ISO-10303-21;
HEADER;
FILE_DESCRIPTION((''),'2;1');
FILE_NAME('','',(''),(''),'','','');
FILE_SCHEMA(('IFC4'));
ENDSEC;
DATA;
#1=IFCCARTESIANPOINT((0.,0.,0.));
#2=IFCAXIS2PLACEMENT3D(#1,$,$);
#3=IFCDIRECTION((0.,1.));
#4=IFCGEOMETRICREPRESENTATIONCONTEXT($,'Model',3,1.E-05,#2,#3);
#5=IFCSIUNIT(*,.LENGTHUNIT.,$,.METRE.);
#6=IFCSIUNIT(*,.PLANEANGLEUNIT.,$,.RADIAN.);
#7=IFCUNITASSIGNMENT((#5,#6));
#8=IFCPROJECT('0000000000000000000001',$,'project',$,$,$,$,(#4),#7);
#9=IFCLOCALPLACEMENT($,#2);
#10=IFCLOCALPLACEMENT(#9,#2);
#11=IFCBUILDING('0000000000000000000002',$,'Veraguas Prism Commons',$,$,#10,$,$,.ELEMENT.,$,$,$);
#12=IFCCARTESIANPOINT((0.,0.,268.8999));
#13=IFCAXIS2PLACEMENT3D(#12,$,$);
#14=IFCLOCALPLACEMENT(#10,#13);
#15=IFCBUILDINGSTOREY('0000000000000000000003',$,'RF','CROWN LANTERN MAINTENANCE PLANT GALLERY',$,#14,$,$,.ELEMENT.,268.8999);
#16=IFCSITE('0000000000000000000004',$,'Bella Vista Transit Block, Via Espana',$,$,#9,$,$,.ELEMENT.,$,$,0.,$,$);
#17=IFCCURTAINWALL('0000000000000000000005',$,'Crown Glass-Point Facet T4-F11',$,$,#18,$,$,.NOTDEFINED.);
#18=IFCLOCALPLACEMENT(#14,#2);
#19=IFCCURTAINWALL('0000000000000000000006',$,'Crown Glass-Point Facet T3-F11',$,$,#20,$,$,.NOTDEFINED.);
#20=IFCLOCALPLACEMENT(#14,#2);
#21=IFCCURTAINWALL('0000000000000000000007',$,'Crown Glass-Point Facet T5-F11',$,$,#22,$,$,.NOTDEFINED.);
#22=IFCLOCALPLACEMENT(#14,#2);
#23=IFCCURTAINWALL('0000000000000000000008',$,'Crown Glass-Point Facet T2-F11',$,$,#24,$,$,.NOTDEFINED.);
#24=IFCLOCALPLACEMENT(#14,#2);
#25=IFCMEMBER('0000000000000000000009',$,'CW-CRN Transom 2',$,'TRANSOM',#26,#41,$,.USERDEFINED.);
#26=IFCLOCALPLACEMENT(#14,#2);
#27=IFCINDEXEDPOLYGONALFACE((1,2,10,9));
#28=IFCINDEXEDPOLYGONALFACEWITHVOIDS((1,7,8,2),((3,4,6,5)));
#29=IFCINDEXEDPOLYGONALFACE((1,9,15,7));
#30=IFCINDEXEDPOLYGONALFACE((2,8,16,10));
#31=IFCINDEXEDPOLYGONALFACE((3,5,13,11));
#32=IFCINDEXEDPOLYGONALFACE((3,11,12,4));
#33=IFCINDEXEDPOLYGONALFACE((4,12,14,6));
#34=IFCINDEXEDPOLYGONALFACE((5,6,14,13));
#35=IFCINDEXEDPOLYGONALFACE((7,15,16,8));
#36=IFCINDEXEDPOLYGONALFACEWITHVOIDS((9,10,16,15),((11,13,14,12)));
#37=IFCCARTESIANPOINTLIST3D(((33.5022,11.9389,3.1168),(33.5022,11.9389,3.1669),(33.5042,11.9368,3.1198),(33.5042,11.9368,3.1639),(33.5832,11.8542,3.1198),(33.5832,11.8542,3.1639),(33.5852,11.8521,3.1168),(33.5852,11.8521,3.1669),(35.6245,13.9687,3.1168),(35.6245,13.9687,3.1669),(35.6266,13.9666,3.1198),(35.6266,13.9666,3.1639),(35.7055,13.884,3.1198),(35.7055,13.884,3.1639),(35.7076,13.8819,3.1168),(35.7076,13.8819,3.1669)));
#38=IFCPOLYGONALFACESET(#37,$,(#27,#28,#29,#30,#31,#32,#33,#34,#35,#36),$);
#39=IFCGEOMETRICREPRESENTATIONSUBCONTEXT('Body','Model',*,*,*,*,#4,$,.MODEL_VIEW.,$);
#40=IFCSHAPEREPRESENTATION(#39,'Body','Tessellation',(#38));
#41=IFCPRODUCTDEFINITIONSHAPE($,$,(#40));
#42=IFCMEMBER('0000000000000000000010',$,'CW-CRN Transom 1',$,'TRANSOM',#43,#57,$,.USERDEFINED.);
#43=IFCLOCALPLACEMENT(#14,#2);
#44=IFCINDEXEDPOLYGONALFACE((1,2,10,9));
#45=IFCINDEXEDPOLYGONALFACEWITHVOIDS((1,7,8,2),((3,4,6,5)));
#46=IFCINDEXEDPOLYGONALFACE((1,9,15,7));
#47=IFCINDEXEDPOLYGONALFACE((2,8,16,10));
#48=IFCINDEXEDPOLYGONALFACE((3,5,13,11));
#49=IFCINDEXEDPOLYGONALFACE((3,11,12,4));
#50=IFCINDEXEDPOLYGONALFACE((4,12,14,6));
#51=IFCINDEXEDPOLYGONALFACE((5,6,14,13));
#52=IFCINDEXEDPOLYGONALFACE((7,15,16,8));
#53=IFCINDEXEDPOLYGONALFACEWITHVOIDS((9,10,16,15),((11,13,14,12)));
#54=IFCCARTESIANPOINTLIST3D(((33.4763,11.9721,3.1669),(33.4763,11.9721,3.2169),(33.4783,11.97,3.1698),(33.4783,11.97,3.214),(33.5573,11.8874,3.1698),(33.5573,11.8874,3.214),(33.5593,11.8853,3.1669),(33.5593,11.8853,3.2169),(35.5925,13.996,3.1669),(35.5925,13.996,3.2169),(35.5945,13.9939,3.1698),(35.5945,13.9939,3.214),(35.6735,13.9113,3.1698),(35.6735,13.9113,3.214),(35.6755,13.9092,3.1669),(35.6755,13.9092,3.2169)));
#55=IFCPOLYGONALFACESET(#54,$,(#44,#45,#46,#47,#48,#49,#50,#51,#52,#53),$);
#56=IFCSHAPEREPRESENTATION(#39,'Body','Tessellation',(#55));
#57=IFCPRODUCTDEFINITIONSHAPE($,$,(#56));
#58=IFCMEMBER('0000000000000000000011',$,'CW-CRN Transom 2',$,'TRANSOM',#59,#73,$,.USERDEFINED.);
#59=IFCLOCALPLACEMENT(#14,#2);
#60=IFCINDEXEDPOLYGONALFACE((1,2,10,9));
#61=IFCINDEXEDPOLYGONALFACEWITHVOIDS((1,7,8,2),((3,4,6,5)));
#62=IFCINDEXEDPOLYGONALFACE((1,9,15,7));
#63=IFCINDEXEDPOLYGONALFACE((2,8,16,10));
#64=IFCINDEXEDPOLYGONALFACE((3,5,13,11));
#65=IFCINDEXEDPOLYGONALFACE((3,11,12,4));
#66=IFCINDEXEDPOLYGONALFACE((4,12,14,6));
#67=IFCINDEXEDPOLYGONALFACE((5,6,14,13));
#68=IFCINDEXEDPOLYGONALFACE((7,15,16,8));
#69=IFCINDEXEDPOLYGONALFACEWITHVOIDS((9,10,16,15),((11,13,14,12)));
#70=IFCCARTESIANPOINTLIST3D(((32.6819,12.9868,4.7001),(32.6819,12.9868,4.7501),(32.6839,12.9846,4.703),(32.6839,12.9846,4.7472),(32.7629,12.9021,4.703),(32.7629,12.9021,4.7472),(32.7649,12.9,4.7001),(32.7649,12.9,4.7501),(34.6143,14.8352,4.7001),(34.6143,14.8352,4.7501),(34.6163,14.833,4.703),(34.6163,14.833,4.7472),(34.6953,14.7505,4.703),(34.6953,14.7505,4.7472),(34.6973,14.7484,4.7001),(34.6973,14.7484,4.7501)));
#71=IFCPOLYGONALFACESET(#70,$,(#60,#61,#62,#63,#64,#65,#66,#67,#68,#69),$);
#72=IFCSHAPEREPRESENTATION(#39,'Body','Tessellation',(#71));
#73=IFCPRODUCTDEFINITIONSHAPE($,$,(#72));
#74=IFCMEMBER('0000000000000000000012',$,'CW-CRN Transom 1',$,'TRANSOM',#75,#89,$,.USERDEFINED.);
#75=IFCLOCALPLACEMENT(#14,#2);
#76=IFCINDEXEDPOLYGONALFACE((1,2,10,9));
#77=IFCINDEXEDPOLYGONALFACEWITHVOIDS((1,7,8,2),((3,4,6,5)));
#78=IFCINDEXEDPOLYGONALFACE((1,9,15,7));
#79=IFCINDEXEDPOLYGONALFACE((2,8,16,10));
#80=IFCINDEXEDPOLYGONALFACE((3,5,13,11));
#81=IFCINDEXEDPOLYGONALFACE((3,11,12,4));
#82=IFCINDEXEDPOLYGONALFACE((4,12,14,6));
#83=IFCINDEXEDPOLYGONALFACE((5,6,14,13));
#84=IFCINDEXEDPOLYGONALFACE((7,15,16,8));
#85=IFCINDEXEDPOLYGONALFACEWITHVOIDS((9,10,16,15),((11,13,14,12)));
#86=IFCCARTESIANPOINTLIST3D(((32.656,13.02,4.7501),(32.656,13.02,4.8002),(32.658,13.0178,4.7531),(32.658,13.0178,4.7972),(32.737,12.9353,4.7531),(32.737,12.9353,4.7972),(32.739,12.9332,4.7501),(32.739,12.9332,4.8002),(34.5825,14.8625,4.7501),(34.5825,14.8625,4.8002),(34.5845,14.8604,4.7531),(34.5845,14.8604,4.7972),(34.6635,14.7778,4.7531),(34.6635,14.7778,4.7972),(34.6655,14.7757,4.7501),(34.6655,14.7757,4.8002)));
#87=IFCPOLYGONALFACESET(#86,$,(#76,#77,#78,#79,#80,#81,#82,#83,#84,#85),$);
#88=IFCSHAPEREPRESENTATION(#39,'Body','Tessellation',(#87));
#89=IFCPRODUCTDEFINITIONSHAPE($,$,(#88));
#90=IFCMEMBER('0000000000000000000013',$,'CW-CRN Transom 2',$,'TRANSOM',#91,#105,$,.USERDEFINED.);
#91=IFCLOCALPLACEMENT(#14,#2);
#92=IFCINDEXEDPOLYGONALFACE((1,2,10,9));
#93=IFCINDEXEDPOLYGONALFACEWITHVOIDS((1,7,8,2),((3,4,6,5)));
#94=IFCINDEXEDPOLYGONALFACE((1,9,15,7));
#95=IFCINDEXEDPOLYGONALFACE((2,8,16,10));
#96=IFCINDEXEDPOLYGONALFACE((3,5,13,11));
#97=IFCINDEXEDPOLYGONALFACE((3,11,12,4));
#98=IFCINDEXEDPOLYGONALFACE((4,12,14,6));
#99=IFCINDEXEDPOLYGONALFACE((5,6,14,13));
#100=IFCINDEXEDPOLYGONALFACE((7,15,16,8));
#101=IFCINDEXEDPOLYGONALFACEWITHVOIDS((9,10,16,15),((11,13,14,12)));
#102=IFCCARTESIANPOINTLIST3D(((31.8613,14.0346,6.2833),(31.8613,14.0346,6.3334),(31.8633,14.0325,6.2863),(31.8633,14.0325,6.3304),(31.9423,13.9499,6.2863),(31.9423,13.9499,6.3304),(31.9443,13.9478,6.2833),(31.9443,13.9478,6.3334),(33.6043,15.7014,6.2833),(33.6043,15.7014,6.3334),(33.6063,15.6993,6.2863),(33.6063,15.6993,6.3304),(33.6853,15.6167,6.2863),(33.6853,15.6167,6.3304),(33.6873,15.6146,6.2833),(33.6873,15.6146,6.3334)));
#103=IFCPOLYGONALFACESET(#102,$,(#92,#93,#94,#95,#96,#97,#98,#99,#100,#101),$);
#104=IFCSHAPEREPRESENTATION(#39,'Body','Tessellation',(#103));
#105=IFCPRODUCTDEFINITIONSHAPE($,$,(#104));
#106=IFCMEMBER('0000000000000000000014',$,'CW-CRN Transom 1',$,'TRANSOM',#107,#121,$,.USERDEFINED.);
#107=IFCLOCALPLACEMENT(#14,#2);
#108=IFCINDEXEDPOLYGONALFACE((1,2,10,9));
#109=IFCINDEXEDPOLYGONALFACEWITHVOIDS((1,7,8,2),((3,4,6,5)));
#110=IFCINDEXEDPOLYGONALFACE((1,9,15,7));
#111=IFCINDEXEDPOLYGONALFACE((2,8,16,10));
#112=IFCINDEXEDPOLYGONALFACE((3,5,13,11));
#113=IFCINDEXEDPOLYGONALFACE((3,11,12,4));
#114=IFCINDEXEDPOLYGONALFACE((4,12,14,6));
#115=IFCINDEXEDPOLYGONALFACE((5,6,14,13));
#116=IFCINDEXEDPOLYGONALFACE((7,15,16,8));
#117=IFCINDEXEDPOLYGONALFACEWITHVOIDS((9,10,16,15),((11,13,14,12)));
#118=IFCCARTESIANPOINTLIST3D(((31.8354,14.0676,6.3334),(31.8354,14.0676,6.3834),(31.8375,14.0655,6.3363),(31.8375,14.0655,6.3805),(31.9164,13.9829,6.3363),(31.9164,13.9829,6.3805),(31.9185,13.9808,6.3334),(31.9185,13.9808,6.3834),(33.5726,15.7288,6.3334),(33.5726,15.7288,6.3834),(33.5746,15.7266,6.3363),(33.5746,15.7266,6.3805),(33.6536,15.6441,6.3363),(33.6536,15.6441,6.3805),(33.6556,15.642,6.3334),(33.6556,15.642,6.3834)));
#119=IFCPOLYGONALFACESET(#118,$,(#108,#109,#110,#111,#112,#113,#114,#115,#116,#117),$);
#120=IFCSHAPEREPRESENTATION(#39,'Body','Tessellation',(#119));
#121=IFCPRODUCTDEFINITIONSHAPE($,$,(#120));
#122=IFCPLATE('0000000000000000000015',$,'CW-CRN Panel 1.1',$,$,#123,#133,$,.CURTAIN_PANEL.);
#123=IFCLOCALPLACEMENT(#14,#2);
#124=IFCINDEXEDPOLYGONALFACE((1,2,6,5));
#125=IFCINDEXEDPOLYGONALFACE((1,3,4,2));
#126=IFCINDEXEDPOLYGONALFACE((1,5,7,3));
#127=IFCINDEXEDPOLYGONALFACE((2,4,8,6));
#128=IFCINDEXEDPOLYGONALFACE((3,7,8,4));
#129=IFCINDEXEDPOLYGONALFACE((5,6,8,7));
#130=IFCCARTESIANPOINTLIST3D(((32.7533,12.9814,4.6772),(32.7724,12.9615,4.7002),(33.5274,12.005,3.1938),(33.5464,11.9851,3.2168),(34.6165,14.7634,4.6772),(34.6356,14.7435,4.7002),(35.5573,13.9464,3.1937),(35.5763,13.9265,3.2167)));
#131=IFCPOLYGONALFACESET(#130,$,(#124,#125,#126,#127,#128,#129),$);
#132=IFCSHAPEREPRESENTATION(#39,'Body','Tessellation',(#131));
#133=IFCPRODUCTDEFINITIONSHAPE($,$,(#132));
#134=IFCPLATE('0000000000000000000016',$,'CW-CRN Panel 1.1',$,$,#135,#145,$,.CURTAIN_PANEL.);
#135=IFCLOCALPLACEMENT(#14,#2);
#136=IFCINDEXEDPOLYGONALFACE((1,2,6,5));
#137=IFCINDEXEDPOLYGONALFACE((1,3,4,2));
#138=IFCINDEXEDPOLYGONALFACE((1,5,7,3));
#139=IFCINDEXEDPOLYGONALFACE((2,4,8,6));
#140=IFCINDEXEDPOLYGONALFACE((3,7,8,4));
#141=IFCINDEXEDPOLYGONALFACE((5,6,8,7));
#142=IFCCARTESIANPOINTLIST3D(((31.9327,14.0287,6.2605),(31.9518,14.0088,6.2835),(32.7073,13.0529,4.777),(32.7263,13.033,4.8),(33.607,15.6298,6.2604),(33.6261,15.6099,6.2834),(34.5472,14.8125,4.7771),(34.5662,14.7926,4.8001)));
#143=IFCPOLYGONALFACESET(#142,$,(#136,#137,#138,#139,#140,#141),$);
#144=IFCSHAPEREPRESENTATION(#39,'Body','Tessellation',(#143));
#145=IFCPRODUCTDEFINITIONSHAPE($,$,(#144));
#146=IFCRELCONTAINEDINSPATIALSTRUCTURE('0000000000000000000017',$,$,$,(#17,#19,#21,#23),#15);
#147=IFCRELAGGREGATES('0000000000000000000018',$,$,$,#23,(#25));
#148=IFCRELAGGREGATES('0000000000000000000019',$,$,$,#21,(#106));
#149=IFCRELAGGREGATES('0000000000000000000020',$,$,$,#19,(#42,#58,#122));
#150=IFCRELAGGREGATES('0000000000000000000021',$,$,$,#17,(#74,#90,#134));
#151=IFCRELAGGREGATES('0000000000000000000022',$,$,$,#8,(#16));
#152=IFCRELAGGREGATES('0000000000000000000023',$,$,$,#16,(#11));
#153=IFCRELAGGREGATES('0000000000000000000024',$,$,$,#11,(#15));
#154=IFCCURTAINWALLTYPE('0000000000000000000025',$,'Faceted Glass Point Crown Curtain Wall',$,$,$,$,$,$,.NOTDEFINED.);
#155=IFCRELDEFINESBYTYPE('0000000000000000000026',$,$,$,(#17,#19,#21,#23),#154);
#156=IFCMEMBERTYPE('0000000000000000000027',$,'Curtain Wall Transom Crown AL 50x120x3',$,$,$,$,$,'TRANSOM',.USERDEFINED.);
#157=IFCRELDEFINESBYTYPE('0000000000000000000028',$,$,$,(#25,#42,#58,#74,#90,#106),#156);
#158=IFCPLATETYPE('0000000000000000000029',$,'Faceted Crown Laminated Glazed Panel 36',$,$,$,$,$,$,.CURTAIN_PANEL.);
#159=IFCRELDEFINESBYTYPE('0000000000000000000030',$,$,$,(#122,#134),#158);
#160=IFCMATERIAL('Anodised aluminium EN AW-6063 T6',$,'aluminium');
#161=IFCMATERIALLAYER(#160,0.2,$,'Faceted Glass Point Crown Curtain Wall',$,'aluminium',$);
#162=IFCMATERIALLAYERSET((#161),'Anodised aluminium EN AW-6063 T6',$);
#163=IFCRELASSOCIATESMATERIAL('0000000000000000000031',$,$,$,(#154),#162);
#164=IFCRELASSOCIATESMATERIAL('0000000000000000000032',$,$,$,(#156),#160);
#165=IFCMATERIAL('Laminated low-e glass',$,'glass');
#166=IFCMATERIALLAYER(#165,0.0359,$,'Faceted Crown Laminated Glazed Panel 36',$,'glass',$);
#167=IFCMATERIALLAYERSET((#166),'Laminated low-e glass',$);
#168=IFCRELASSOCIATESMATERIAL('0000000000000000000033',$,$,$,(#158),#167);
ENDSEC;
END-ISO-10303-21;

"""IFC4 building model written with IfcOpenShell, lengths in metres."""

from ifc_helpers import new_model, si_unit, direction, frame, origin, origin_2d, place, context, subcontext, project, spatial, polyline, hollow_rectangle, outline, extrude, source, transform, mapped, material, layer, layer_set, material_profile, profile_set, type_object, element, aggregate, save


model = new_model("IFC4")

# Units and contexts
model_context = context("Model", 3, precision=1e-05, world=origin(), true_north=direction((0.0, 1.0)))
body_context = subcontext(model_context, "Body", "Model", "MODEL_VIEW")
ifc_project = project(units=[si_unit("LENGTHUNIT", "METRE"), si_unit("PLANEANGLEUNIT", "RADIAN")], contexts=[model_context])

# Site, building, storey
site_placement = place(None, origin())
site = spatial("IfcSite", under=ifc_project, at=site_placement, Name="Bella Vista Transit Block, Via Espana", CompositionType="ELEMENT", RefElevation=0.0)
building_placement = place(site_placement, origin())
building = spatial("IfcBuilding", under=site, at=building_placement, Name="Veraguas Prism Commons", CompositionType="ELEMENT")
storey_placement = place(building_placement, frame((0.0, 0.0, 268.8999)))
storey = spatial("IfcBuildingStorey", under=building, at=storey_placement, Name="RF", Description="CROWN LANTERN MAINTENANCE PLANT GALLERY", CompositionType="ELEMENT", Elevation=268.8999)

# Curtain walls, member
ifc_material_1 = material(Name="Anodised aluminium EN AW-6063 T6", Category="aluminium")
ifc_layer_1 = layer(ifc_material_1, 0.2, Name="Faceted Glass Point Crown Curtain Wall", Category="aluminium")
ifc_layer_set_1 = layer_set([ifc_layer_1], Name="Anodised aluminium EN AW-6063 T6")
curtain_wall_type = type_object("IfcCurtainWallType", Name="Faceted Glass Point Crown Curtain Wall", PredefinedType="NOTDEFINED", material=ifc_layer_set_1)
curtain_wall_1_placement = place(storey_placement, origin())
curtain_wall_1 = element("IfcCurtainWall", 1, at=curtain_wall_1_placement, inside=storey, type_object=curtain_wall_type, Name="Crown Glass-Point Facet T4-F11", PredefinedType="NOTDEFINED")
curtain_wall_2_placement = place(storey_placement, origin())
curtain_wall_2 = element("IfcCurtainWall", 2, at=curtain_wall_2_placement, inside=storey, type_object=curtain_wall_type, Name="Crown Glass-Point Facet T3-F11", PredefinedType="NOTDEFINED")
curtain_wall_3_placement = place(storey_placement, origin())
curtain_wall_3 = element("IfcCurtainWall", 3, at=curtain_wall_3_placement, inside=storey, type_object=curtain_wall_type, Name="Crown Glass-Point Facet T5-F11", PredefinedType="NOTDEFINED")
curtain_wall_4_placement = place(storey_placement, origin())
curtain_wall_4 = element("IfcCurtainWall", 4, at=curtain_wall_4_placement, inside=storey, type_object=curtain_wall_type, Name="Crown Glass-Point Facet T2-F11", PredefinedType="NOTDEFINED")
ifc_material_profile_1 = material_profile(ifc_material_1, hollow_rectangle(XDim=0.05, YDim=0.1201, WallThickness=0.0029, at=origin_2d()), Name="AL50X120X3")
ifc_profile_set_1 = profile_set([ifc_material_profile_1], Name="Anodised aluminium EN AW-6063 T6")
member_type_1 = type_object("IfcMemberType", Name="Curtain Wall Transom Crown AL 50x120x3", ElementType="TRANSOM", PredefinedType="USERDEFINED", material=ifc_profile_set_1)
shared_shape_1 = source(origin(), body_context, "Body", "SweptSolid", [
    extrude(hollow_rectangle(XDim=0.05, YDim=0.1201, WallThickness=0.0029, at=origin_2d()), origin(), (0.0, 0.0, 1.0), 2.9368),
])
member_1_placement = place(storey_placement, frame((33.5437, 11.8955, 3.1418), z_axis=(0.722685, 0.691177, 0.0), x_axis=(0.0, 0.0, 1.0)))
member_1 = element("IfcMember", 5, at=member_1_placement, type_object=member_type_1, Name="CW-CRN Transom 2", ObjectType="TRANSOM", PredefinedType="USERDEFINED", context=body_context, shape_type="MappedRepresentation", body=[
    mapped(shared_shape_1, transform((0.0, 0.0, 0.0), scale=1.0)),
])
aggregate(curtain_wall_4, [member_1])

# Members
shared_shape_2 = source(origin(), body_context, "Body", "SweptSolid", [
    extrude(hollow_rectangle(XDim=0.05, YDim=0.1201, WallThickness=0.0029, at=origin_2d()), origin(), (0.0, 0.0, 1.0), 2.9282),
])
member_2_placement = place(storey_placement, frame((33.5178, 11.9287, 3.1919), z_axis=(0.722689, 0.691173, 0.0), x_axis=(0.0, 0.0, 1.0)))
member_2 = element("IfcMember", 6, at=member_2_placement, type_object=member_type_1, Name="CW-CRN Transom 1", ObjectType="TRANSOM", PredefinedType="USERDEFINED", context=body_context, shape_type="MappedRepresentation", body=[
    mapped(shared_shape_2, transform((0.0, 0.0, 0.0), scale=1.0)),
])
shared_shape_3 = source(origin(), body_context, "Body", "SweptSolid", [
    extrude(hollow_rectangle(XDim=0.05, YDim=0.1201, WallThickness=0.0029, at=origin_2d()), origin(), (0.0, 0.0, 1.0), 2.6741),
])
member_3_placement = place(storey_placement, frame((32.7234, 12.9434, 4.7251), z_axis=(0.722636, 0.691229, 0.0), x_axis=(0.0, 0.0, 1.0)))
member_3 = element("IfcMember", 7, at=member_3_placement, type_object=member_type_1, Name="CW-CRN Transom 2", ObjectType="TRANSOM", PredefinedType="USERDEFINED", context=body_context, shape_type="MappedRepresentation", body=[
    mapped(shared_shape_3, transform((0.0, 0.0, 0.0), scale=1.0)),
])
shared_shape_4 = source(origin(), body_context, "Body", "SweptSolid", [
    extrude(hollow_rectangle(XDim=0.05, YDim=0.1201, WallThickness=0.0029, at=origin_2d()), origin(), (0.0, 0.0, 1.0), 2.6658),
])
member_4_placement = place(storey_placement, frame((32.6975, 12.9766, 4.7751), z_axis=(0.722684, 0.691179, 0.0), x_axis=(0.0, 0.0, 1.0)))
member_4 = element("IfcMember", 8, at=member_4_placement, type_object=member_type_1, Name="CW-CRN Transom 1", ObjectType="TRANSOM", PredefinedType="USERDEFINED", context=body_context, shape_type="MappedRepresentation", body=[
    mapped(shared_shape_4, transform((0.0, 0.0, 0.0), scale=1.0)),
])
shared_shape_5 = source(origin(), body_context, "Body", "SweptSolid", [
    extrude(hollow_rectangle(XDim=0.05, YDim=0.1201, WallThickness=0.0029, at=origin_2d()), origin(), (0.0, 0.0, 1.0), 2.4116),
])
member_5_placement = place(storey_placement, frame((31.9028, 13.9912, 6.3083), z_axis=(0.722723, 0.691138, 0.0), x_axis=(0.0, 0.0, 1.0)))
member_5 = element("IfcMember", 9, at=member_5_placement, type_object=member_type_1, Name="CW-CRN Transom 2", ObjectType="TRANSOM", PredefinedType="USERDEFINED", context=body_context, shape_type="MappedRepresentation", body=[
    mapped(shared_shape_5, transform((0.0, 0.0, 0.0), scale=1.0)),
])
shared_shape_6 = source(origin(), body_context, "Body", "SweptSolid", [
    extrude(hollow_rectangle(XDim=0.05, YDim=0.1201, WallThickness=0.0029, at=origin_2d()), origin(), (0.0, 0.0, 1.0), 2.4036),
])
member_6_placement = place(storey_placement, frame((31.877, 14.0242, 6.3584), z_axis=(0.722726, 0.691135, 0.0), x_axis=(0.0, 0.0, 1.0)))
member_6 = element("IfcMember", 10, at=member_6_placement, type_object=member_type_1, Name="CW-CRN Transom 1", ObjectType="TRANSOM", PredefinedType="USERDEFINED", context=body_context, shape_type="MappedRepresentation", body=[
    mapped(shared_shape_6, transform((0.0, 0.0, 0.0), scale=1.0)),
])
aggregate(curtain_wall_3, [member_6])

# Plates
ifc_material_2 = material(Name="Laminated low-e glass", Category="glass")
ifc_layer_2 = layer(ifc_material_2, 0.0359, Name="Faceted Crown Laminated Glazed Panel 36", Category="glass")
ifc_layer_set_2 = layer_set([ifc_layer_2], Name="Laminated low-e glass")
plate_type = type_object("IfcPlateType", Name="Faceted Crown Laminated Glazed Panel 36", PredefinedType="CURTAIN_PANEL", material=ifc_layer_set_2)
plate_1_placement = place(storey_placement, frame((33.5464, 11.9851, 3.2168), z_axis=(0.530202, -0.554363, 0.641535), x_axis=(0.722691, 0.691171, -0.000018)))
plate_1 = element("IfcPlate", 11, at=plate_1_placement, type_object=plate_type, Name="CW-CRN Panel 1.1", PredefinedType="CURTAIN_PANEL", context=body_context, shape_type="SweptSolid", body=[
    extrude(outline(polyline([(0.0, 0.0), (2.8088, 0.0), (2.6936, 1.9338), (0.1155, 1.9338), (0.0, 0.0)])), origin(), (0.0, 0.0, -1.0), 0.0359),
])
aggregate(curtain_wall_2, [member_2, member_3, plate_1])
plate_2_placement = place(storey_placement, frame((32.7263, 13.033, 4.8), z_axis=(0.530204, -0.554392, 0.641508), x_axis=(0.722681, 0.691182, 0.000027)))
plate_2 = element("IfcPlate", 12, at=plate_2_placement, type_object=plate_type, Name="CW-CRN Panel 1.1", PredefinedType="CURTAIN_PANEL", context=body_context, shape_type="SweptSolid", body=[
    extrude(outline(polyline([(0.0, 0.0), (2.5459, 0.0), (2.4314, 1.9336), (0.1147, 1.9338), (0.0, 0.0)])), origin(), (0.0, 0.0, -1.0), 0.0359),
])
aggregate(curtain_wall_1, [member_4, member_5, plate_2])

save(model, "model.ifc")
